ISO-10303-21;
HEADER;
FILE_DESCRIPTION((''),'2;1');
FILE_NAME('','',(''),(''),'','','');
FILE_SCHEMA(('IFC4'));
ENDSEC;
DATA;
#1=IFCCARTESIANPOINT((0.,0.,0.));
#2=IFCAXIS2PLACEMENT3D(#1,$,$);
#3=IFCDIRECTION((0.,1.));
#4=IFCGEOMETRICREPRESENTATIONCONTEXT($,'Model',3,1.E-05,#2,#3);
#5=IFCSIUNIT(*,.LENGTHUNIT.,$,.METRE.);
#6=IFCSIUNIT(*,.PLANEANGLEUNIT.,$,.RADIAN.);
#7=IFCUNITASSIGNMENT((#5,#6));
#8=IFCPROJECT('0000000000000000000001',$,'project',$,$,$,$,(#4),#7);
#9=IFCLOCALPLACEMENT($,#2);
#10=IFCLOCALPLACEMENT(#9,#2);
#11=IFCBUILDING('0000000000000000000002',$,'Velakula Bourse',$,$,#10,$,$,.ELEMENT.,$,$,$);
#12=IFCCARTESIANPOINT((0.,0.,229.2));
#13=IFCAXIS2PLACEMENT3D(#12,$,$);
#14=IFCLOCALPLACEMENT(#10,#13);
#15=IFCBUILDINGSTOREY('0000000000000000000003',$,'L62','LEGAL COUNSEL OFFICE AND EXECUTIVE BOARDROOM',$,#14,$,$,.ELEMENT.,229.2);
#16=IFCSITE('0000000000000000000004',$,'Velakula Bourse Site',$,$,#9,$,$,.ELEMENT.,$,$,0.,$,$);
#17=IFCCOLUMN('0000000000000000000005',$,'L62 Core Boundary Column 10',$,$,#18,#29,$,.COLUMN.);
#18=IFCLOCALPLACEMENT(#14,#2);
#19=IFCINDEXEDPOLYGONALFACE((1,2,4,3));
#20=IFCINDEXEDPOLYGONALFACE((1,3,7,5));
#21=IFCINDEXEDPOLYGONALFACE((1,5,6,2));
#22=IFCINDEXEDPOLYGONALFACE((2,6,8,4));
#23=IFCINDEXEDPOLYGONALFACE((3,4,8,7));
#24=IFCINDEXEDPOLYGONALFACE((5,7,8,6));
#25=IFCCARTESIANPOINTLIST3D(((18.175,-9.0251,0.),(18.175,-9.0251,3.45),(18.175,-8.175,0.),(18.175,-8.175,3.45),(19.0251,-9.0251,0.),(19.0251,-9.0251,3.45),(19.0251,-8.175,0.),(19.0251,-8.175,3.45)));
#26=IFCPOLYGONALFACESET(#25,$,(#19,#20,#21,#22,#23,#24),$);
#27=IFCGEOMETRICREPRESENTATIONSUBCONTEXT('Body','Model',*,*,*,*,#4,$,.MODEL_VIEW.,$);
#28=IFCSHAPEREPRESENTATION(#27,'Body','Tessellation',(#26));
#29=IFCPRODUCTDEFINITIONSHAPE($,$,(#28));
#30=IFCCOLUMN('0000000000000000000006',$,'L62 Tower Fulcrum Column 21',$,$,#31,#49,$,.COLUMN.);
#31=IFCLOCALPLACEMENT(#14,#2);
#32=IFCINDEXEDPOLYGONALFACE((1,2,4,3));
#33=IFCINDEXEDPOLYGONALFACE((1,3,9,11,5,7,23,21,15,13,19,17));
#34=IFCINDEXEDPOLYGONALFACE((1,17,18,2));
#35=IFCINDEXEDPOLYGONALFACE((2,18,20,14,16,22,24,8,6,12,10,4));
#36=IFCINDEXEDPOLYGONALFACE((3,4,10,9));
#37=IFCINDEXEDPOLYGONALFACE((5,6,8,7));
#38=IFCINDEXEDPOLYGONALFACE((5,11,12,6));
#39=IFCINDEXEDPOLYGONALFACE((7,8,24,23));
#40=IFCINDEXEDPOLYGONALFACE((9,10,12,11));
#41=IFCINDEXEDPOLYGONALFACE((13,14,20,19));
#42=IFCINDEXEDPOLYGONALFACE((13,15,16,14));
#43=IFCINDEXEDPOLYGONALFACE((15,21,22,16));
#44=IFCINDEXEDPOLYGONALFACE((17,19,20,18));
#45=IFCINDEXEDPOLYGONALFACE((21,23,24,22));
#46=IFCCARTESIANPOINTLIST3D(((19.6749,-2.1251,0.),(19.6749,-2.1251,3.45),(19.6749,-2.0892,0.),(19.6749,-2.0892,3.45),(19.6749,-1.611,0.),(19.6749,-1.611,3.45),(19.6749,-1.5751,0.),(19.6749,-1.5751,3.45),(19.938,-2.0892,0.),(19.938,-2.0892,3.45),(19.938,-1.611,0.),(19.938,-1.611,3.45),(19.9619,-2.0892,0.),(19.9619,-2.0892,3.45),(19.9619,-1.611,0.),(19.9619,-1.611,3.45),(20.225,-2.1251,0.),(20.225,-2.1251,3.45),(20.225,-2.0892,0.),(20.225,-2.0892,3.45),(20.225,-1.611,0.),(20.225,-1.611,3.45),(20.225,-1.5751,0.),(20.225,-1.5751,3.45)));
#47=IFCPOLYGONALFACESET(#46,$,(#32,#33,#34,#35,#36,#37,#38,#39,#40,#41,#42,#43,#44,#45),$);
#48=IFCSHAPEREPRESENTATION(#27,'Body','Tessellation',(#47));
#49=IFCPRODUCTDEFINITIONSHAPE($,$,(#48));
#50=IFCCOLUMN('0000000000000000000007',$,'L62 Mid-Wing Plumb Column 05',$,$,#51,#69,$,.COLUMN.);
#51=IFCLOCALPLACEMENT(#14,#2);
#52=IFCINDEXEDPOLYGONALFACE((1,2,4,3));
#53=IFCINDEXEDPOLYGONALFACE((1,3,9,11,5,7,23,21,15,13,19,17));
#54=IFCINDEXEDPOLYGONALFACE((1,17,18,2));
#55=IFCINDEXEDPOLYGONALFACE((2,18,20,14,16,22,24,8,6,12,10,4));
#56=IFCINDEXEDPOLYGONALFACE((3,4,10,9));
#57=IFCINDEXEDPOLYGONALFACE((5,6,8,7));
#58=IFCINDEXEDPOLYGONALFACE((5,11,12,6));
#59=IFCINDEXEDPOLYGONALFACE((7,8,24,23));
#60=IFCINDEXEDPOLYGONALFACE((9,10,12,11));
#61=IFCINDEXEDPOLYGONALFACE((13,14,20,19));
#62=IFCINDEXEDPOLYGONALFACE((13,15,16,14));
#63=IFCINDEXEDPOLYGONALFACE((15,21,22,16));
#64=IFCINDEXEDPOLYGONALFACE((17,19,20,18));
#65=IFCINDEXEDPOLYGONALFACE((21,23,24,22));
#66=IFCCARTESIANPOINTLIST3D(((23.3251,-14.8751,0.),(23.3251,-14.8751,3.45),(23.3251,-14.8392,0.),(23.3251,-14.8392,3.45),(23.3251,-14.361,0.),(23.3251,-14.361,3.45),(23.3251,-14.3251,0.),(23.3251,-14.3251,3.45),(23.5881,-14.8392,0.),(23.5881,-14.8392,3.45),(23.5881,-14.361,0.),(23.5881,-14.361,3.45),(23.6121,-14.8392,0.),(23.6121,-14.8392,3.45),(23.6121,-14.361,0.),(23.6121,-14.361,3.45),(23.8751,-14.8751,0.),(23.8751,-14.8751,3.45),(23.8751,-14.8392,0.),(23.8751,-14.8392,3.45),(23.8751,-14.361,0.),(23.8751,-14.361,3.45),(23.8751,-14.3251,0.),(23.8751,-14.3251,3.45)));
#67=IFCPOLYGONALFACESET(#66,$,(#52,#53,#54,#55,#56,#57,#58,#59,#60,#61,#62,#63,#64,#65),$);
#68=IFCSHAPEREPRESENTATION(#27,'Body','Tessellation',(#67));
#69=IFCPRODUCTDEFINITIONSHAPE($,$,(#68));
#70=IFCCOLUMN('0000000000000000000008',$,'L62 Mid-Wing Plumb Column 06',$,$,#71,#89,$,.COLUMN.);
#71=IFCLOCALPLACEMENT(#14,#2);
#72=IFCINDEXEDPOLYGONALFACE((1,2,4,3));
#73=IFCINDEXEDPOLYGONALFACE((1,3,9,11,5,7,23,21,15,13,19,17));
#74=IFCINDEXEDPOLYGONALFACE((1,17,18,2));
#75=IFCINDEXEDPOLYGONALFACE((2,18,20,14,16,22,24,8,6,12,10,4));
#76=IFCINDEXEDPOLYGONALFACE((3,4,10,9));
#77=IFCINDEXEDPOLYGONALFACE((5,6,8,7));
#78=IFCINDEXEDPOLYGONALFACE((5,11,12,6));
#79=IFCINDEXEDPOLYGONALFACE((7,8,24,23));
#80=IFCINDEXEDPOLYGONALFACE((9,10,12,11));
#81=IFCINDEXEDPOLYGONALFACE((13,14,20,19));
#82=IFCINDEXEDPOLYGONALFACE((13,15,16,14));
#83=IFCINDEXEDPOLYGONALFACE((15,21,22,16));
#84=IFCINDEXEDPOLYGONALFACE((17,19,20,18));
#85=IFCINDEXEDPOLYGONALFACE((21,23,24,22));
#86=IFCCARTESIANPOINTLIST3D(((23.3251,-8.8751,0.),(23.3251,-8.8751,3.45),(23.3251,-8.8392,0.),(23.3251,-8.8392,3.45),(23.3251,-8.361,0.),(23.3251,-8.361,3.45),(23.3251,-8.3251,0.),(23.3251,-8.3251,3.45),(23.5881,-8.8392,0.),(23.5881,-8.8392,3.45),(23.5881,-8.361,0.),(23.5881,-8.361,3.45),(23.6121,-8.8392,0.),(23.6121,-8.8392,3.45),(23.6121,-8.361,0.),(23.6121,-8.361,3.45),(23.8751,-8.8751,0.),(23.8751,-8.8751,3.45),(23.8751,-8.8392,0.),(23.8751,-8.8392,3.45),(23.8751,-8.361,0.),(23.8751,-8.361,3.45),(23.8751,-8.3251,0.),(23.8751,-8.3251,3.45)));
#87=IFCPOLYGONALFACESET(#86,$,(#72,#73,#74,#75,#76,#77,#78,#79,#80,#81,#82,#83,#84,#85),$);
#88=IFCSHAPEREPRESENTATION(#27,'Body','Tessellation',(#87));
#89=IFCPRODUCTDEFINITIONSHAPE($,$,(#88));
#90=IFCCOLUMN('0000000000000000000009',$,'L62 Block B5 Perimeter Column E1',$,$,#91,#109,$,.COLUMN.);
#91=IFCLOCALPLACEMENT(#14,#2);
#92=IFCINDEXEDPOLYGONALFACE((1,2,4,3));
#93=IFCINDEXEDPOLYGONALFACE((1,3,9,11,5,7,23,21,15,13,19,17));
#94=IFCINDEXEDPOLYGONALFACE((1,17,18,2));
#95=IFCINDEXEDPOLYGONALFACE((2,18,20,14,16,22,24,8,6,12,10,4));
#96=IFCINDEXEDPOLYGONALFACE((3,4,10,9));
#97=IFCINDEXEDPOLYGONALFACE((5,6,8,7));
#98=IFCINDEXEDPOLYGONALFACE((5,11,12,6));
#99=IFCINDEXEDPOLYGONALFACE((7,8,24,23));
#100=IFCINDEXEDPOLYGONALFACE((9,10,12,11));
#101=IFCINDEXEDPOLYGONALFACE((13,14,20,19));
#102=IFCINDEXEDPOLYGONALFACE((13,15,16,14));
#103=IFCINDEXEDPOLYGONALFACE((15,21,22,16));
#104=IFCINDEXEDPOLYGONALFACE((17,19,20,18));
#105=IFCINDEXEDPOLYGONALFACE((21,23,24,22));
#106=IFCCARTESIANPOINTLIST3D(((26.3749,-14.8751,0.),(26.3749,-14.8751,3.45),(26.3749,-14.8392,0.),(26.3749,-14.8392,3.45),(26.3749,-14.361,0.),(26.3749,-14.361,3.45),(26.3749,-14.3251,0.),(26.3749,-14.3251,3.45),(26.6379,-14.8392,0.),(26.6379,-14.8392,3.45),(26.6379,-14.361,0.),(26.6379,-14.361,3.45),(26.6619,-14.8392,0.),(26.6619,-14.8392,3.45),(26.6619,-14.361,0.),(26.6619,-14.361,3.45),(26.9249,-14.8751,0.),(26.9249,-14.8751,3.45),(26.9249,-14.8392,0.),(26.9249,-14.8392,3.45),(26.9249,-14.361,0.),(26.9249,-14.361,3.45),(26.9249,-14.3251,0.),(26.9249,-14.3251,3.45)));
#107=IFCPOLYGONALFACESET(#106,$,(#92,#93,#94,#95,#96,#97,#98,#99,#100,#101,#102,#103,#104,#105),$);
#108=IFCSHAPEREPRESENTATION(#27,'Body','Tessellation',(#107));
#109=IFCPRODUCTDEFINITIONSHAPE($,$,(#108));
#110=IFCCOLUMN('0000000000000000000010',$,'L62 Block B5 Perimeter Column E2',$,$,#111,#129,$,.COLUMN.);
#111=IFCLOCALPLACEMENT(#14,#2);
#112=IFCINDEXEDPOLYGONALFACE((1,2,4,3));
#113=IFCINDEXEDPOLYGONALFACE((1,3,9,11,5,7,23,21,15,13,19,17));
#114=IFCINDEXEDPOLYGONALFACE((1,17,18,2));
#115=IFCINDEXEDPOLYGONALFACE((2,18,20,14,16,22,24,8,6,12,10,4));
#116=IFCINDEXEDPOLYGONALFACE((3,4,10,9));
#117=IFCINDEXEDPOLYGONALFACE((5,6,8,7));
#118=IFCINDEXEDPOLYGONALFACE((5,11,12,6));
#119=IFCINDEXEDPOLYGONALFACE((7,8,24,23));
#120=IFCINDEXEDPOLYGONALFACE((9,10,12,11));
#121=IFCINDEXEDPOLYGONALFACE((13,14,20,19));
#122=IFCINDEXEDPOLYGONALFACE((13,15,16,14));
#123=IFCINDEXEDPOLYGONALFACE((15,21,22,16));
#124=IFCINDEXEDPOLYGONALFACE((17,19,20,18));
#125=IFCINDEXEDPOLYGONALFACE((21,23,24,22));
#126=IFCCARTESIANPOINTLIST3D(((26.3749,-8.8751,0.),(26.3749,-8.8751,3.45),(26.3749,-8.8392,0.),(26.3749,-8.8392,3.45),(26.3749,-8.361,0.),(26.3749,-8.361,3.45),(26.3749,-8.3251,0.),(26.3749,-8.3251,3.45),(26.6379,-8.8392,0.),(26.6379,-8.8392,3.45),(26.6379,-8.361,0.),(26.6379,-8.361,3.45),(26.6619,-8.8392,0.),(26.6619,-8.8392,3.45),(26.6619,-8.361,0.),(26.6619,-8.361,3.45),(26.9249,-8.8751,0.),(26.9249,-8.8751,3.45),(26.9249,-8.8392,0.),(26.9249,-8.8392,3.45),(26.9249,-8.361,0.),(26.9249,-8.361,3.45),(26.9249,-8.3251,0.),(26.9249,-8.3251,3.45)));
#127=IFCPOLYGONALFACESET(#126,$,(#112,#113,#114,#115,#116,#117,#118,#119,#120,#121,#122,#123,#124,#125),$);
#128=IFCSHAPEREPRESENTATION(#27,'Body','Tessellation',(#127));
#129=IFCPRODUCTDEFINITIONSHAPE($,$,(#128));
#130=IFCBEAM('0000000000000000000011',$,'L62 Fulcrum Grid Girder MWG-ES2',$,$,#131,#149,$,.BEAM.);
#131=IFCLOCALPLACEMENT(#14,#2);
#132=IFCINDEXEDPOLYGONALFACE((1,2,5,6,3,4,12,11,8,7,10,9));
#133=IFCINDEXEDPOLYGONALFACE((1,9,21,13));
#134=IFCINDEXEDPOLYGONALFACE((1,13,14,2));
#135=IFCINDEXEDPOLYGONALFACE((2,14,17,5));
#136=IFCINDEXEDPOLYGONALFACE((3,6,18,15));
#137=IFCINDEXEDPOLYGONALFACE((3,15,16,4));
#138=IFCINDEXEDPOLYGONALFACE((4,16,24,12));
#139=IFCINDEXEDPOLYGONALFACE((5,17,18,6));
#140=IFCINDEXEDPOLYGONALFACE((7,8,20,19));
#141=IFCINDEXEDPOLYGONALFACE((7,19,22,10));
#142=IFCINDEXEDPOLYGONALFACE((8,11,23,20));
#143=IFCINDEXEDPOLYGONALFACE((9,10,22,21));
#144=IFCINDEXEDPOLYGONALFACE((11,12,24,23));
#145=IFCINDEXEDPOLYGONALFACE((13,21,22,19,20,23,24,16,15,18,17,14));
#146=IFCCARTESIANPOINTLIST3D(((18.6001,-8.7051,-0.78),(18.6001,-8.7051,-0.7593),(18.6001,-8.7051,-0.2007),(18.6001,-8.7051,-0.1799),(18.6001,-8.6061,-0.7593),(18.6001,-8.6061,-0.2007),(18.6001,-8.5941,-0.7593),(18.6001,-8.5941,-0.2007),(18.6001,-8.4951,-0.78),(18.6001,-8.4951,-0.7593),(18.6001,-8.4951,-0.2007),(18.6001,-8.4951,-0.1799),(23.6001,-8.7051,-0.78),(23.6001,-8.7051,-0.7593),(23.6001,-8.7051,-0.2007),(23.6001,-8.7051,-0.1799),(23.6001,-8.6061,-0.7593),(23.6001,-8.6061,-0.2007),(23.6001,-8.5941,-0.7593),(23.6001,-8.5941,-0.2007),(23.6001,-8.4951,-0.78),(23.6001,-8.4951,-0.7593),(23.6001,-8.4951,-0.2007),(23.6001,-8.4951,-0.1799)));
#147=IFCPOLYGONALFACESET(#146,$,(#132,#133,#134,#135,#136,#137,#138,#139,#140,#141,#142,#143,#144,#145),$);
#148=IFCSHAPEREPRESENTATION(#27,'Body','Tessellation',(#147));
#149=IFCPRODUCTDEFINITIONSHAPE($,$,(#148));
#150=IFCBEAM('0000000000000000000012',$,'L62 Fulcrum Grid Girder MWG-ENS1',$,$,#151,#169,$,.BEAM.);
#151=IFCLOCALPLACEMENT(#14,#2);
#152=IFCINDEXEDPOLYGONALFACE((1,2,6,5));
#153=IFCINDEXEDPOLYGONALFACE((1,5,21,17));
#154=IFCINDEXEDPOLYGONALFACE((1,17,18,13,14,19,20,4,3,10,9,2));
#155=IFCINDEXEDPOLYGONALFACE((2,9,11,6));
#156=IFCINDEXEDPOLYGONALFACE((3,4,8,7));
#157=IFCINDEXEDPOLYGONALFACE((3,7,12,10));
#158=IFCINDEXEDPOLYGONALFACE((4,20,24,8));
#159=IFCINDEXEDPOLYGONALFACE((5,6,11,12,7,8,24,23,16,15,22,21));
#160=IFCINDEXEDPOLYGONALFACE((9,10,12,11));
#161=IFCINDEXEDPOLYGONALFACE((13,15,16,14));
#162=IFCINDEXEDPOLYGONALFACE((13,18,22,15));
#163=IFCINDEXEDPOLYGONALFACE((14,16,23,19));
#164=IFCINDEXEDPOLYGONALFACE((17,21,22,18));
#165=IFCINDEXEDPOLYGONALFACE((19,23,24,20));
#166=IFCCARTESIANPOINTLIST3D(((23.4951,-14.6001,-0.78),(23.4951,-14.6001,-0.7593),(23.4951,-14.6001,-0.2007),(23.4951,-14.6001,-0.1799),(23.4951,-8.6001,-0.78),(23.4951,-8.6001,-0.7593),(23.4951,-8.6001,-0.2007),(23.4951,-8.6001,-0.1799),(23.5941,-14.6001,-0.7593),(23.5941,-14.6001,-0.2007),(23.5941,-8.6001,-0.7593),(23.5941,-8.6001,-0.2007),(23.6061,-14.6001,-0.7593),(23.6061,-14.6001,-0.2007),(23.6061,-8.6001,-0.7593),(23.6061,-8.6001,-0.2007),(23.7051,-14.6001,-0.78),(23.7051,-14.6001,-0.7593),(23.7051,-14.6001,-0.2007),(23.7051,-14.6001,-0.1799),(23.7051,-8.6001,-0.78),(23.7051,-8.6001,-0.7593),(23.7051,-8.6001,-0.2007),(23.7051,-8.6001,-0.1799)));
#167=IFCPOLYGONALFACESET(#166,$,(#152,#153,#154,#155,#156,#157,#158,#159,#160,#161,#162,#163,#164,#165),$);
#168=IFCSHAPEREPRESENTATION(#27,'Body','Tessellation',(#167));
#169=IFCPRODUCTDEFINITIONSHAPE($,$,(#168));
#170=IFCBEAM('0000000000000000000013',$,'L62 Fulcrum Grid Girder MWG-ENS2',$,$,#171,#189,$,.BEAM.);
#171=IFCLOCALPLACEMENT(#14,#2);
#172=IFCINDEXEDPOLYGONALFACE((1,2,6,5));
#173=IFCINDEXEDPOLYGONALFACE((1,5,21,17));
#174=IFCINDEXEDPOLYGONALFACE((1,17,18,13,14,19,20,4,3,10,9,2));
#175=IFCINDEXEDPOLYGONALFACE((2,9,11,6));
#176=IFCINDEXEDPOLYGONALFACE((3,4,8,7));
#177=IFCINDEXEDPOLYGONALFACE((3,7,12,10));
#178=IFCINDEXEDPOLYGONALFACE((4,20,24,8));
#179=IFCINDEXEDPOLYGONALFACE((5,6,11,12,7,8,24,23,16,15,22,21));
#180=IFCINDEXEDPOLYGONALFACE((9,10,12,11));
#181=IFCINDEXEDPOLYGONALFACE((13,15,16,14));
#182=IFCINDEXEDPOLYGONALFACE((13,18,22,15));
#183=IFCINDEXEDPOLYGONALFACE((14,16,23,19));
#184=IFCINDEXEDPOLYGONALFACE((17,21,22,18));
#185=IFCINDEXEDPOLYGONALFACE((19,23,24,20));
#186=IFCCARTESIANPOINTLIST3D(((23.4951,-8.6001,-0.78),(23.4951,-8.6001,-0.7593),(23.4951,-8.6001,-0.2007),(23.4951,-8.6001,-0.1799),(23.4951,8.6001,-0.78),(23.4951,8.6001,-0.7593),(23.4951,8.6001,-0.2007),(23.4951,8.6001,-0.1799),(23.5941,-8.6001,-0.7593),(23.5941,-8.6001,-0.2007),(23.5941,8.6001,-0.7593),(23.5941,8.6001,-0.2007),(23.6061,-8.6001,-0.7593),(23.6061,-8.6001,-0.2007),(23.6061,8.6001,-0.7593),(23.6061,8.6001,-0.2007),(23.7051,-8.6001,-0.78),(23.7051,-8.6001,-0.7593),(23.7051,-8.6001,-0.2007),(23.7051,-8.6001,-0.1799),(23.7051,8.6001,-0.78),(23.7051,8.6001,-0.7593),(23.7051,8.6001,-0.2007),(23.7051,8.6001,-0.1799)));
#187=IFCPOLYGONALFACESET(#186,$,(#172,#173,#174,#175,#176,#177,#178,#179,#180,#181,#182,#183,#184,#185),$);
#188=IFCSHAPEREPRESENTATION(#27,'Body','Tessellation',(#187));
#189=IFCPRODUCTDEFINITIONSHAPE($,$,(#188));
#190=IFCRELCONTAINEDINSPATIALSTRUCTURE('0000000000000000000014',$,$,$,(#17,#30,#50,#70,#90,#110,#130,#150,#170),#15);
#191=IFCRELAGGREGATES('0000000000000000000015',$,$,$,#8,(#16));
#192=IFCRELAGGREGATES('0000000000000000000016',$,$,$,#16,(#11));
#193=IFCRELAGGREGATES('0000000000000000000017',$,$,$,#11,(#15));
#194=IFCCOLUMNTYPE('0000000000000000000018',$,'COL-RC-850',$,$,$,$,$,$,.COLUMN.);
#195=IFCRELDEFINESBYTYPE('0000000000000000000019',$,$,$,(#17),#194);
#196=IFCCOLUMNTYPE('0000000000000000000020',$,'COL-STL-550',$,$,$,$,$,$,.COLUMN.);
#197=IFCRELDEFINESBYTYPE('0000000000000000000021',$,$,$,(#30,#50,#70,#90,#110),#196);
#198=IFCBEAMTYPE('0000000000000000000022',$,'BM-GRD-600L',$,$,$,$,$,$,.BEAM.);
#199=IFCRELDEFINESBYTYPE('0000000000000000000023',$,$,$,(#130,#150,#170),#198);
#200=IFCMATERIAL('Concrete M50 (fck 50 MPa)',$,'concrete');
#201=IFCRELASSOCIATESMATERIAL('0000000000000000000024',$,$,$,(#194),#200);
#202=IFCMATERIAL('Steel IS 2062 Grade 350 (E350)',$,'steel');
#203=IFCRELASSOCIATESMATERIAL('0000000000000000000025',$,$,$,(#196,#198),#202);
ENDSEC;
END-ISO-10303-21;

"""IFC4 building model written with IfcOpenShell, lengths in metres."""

from ifc_helpers import new_model, si_unit, direction, frame, origin, origin_2d, place, context, subcontext, project, spatial, rectangle, i_section, extrude, material, material_profile, profile_set, type_object, element, save


model = new_model("IFC4")

# Units and contexts
model_context = context("Model", 3, precision=1e-05, world=origin(), true_north=direction((0.0, 1.0)))
body_context = subcontext(model_context, "Body", "Model", "MODEL_VIEW")
ifc_project = project(units=[si_unit("LENGTHUNIT", "METRE"), si_unit("PLANEANGLEUNIT", "RADIAN")], contexts=[model_context])

# Site, building, storey
site_placement = place(None, origin())
site = spatial("IfcSite", under=ifc_project, at=site_placement, Name="Velakula Bourse Site", CompositionType="ELEMENT", RefElevation=0.0)
building_placement = place(site_placement, origin())
building = spatial("IfcBuilding", under=site, at=building_placement, Name="Velakula Bourse", CompositionType="ELEMENT")
storey_placement = place(building_placement, frame((0.0, 0.0, 229.2)))
storey = spatial("IfcBuildingStorey", under=building, at=storey_placement, Name="L62", Description="LEGAL COUNSEL OFFICE AND EXECUTIVE BOARDROOM", CompositionType="ELEMENT", Elevation=229.2)

# Columns
ifc_material_1 = material(Name="Concrete M50 (fck 50 MPa)", Category="concrete")
ifc_material_profile_1 = material_profile(ifc_material_1, rectangle(XDim=0.8501, YDim=0.8501, at=origin_2d()), Name="Concrete M50 (fck 50 MPa)")
ifc_profile_set_1 = profile_set([ifc_material_profile_1], Name="Concrete M50 (fck 50 MPa)")
column_type_1 = type_object("IfcColumnType", Name="COL-RC-850", PredefinedType="COLUMN", material=ifc_profile_set_1)
column_placement = place(storey_placement, frame((18.6001, -8.6001, 0.0), z_axis=(0.0, 0.0, 1.0), x_axis=(1.0, 0.0, 0.0)))
element("IfcColumn", 1, at=column_placement, inside=storey, type_object=column_type_1, Name="L62 Core Boundary Column 10", PredefinedType="COLUMN", context=body_context, shape_type="SweptSolid", body=[
    extrude(rectangle(XDim=0.8501, YDim=0.8501, at=origin_2d()), origin(), (0.0, 0.0, 1.0), 3.45),
])
ifc_material_2 = material(Name="Steel IS 2062 Grade 350 (E350)", Category="steel")
ifc_material_profile_2 = material_profile(ifc_material_2, i_section(OverallWidth=0.55, OverallDepth=0.55, WebThickness=0.0239, FlangeThickness=0.0359, at=origin_2d()), Name="Steel IS 2062 Grade 350 (E350)")
ifc_profile_set_2 = profile_set([ifc_material_profile_2], Name="Steel IS 2062 Grade 350 (E350)")
column_type_2 = type_object("IfcColumnType", Name="COL-STL-550", PredefinedType="COLUMN", material=ifc_profile_set_2)
for number, where, z_axis, x_axis, name in (
    (2, (19.95, -1.8501, 0.0), (0.0, 0.0, 1.0), (1.0, 0.0, 0.0), "L62 Tower Fulcrum Column 21"),
    (3, (23.6001, -14.6001, 0.0), (0.0, 0.0, 1.0), (1.0, 0.0, 0.0), "L62 Mid-Wing Plumb Column 05"),
    (4, (23.6001, -8.6001, 0.0), (0.0, 0.0, 1.0), (1.0, 0.0, 0.0), "L62 Mid-Wing Plumb Column 06"),
    (5, (26.6499, -14.6001, 0.0), (0.0, 0.0, 1.0), (1.0, 0.0, 0.0), "L62 Block B5 Perimeter Column E1"),
    (6, (26.6499, -8.6001, 0.0), (0.0, 0.0, 1.0), (1.0, 0.0, 0.0), "L62 Block B5 Perimeter Column E2"),
):
    element("IfcColumn", number, at=place(storey_placement, frame(where, z_axis=z_axis, x_axis=x_axis)), inside=storey, type_object=column_type_2, Name=name, PredefinedType="COLUMN", context=body_context, shape_type="SweptSolid", body=[
        extrude(i_section(OverallWidth=0.55, OverallDepth=0.55, WebThickness=0.0239, FlangeThickness=0.0359, at=origin_2d()), origin(), (0.0, 0.0, 1.0), 3.45),
    ])

# Beams
ifc_material_profile_3 = material_profile(ifc_material_2, i_section(OverallWidth=0.21, OverallDepth=0.6001, WebThickness=0.012, FlangeThickness=0.0208, at=origin_2d()), Name="Steel IS 2062 Grade 350 (E350)")
ifc_profile_set_3 = profile_set([ifc_material_profile_3], Name="Steel IS 2062 Grade 350 (E350)")
beam_type_1 = type_object("IfcBeamType", Name="BM-GRD-600L", PredefinedType="BEAM", material=ifc_profile_set_3)
beam_1_placement = place(storey_placement, frame((18.6001, -8.6001, -0.48), z_axis=(1.0, 0.0, 0.0), x_axis=(0.0, 1.0, 0.0)))
element("IfcBeam", 7, at=beam_1_placement, inside=storey, type_object=beam_type_1, Name="L62 Fulcrum Grid Girder MWG-ES2", PredefinedType="BEAM", context=body_context, shape_type="SweptSolid", body=[
    extrude(i_section(OverallWidth=0.21, OverallDepth=0.6001, WebThickness=0.012, FlangeThickness=0.0208, at=origin_2d()), origin(), (0.0, 0.0, 1.0), 5.0),
])
beam_2_placement = place(storey_placement, frame((23.6001, -14.6001, -0.48), z_axis=(0.0, 1.0, 0.0), x_axis=(-1.0, 0.0, 0.0)))
element("IfcBeam", 8, at=beam_2_placement, inside=storey, type_object=beam_type_1, Name="L62 Fulcrum Grid Girder MWG-ENS1", PredefinedType="BEAM", context=body_context, shape_type="SweptSolid", body=[
    extrude(i_section(OverallWidth=0.21, OverallDepth=0.6001, WebThickness=0.012, FlangeThickness=0.0208, at=origin_2d()), origin(), (0.0, 0.0, 1.0), 6.0),
])
beam_3_placement = place(storey_placement, frame((23.6001, -8.6001, -0.48), z_axis=(0.0, 1.0, 0.0), x_axis=(-1.0, 0.0, 0.0)))
element("IfcBeam", 9, at=beam_3_placement, inside=storey, type_object=beam_type_1, Name="L62 Fulcrum Grid Girder MWG-ENS2", PredefinedType="BEAM", context=body_context, shape_type="SweptSolid", body=[
    extrude(i_section(OverallWidth=0.21, OverallDepth=0.6001, WebThickness=0.012, FlangeThickness=0.0208, at=origin_2d()), origin(), (0.0, 0.0, 1.0), 17.2002),
])

save(model, "model.ifc")
